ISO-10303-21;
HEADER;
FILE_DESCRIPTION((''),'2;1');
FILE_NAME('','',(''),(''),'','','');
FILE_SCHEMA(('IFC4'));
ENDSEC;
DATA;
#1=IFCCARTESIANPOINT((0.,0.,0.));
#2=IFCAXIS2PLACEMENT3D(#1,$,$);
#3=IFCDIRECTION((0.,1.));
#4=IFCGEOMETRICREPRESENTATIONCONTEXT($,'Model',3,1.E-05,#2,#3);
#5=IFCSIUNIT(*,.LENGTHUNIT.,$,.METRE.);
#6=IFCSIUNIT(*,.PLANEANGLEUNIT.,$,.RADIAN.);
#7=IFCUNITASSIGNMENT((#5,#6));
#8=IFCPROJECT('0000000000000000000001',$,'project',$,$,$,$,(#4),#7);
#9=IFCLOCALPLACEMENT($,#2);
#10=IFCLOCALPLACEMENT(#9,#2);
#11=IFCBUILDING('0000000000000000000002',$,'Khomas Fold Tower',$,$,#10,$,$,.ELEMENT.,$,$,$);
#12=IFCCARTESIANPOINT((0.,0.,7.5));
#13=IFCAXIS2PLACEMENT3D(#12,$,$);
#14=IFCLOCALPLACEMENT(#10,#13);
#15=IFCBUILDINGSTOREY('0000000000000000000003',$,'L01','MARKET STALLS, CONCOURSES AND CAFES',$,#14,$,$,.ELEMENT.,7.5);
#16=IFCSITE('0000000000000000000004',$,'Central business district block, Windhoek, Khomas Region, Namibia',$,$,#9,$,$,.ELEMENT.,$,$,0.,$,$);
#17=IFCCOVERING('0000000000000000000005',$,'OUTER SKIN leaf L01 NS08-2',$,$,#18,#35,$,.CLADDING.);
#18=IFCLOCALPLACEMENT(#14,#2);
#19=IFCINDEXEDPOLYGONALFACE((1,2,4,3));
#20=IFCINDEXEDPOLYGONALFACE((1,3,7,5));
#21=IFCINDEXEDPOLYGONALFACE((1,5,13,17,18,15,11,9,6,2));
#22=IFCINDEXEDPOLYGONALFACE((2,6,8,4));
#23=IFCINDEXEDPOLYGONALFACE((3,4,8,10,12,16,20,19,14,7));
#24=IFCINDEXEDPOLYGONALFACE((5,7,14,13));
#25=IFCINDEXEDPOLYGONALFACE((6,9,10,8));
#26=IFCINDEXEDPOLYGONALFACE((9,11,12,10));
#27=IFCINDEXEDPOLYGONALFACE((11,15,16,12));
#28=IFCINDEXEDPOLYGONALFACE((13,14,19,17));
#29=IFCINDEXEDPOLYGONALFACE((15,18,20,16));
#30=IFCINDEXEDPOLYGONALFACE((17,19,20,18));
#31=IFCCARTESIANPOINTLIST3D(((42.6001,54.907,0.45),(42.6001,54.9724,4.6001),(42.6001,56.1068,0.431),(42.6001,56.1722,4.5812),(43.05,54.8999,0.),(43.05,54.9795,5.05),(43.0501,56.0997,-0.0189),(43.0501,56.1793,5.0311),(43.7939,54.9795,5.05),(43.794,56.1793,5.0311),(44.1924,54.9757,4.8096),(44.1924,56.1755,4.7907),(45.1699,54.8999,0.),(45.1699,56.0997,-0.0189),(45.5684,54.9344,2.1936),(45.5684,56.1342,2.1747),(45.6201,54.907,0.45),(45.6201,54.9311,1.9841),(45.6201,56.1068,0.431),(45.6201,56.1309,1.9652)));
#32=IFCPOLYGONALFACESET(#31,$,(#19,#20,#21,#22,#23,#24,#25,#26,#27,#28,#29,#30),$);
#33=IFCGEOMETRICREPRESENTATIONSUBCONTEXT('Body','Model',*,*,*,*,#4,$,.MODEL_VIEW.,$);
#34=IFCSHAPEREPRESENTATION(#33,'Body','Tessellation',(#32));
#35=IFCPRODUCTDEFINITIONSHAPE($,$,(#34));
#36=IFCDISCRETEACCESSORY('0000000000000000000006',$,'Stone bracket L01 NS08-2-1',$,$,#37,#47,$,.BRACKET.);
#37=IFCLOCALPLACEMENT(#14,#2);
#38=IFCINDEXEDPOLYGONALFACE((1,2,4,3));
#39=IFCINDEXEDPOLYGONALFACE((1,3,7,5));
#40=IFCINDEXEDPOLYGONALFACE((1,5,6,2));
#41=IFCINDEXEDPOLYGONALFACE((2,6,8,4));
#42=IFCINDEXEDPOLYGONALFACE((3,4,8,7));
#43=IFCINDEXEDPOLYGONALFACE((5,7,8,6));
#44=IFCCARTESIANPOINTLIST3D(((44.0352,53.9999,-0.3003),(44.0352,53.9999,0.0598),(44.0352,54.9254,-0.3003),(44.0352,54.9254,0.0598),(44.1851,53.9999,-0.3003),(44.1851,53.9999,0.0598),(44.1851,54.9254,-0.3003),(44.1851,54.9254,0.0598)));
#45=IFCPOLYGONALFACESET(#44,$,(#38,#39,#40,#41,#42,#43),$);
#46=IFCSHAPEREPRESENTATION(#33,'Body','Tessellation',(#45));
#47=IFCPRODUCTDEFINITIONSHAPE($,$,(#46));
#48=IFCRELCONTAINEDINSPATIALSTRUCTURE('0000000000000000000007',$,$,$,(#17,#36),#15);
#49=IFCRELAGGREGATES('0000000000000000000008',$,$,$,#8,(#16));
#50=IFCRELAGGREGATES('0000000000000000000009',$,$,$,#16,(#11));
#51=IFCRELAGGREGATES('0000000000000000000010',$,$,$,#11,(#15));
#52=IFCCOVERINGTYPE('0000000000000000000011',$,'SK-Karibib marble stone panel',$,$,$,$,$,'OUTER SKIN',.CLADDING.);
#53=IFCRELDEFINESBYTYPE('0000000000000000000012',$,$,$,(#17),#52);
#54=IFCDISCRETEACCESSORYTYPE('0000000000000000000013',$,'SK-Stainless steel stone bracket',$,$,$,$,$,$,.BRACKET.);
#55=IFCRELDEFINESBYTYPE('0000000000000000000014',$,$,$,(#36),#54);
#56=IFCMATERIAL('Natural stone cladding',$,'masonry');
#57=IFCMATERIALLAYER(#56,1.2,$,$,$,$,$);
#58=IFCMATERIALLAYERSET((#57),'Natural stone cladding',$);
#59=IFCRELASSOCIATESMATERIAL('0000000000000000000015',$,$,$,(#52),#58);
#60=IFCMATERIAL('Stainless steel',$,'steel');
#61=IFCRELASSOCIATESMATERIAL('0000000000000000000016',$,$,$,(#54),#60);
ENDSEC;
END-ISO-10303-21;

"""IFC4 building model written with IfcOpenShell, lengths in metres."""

from ifc_helpers import new_model, si_unit, direction, frame, origin, origin_2d, place, context, subcontext, project, spatial, polyline, rectangle, outline, extrude, source, transform, mapped, material, layer, layer_set, type_object, element, save


model = new_model("IFC4")

# Units and contexts
model_context = context("Model", 3, precision=1e-05, world=origin(), true_north=direction((0.0, 1.0)))
body_context = subcontext(model_context, "Body", "Model", "MODEL_VIEW")
ifc_project = project(units=[si_unit("LENGTHUNIT", "METRE"), si_unit("PLANEANGLEUNIT", "RADIAN")], contexts=[model_context])

# Site, building, storey
site_placement = place(None, origin())
site = spatial("IfcSite", under=ifc_project, at=site_placement, Name="Central business district block, Windhoek, Khomas Region, Namibia", CompositionType="ELEMENT", RefElevation=0.0)
building_placement = place(site_placement, origin())
building = spatial("IfcBuilding", under=site, at=building_placement, Name="Khomas Fold Tower", CompositionType="ELEMENT")
storey_placement = place(building_placement, frame((0.0, 0.0, 7.5)))
storey = spatial("IfcBuildingStorey", under=building, at=storey_placement, Name="L01", Description="MARKET STALLS, CONCOURSES AND CAFES", CompositionType="ELEMENT", Elevation=7.5)

# Covering
ifc_material_1 = material(Name="Natural stone cladding", Category="masonry")
ifc_layer_1 = layer(ifc_material_1, 1.2)
ifc_layer_set_1 = layer_set([ifc_layer_1], Name="Natural stone cladding")
covering_type = type_object("IfcCoveringType", Name="SK-Karibib marble stone panel", ElementType="OUTER SKIN", PredefinedType="CLADDING", material=ifc_layer_set_1)
covering_placement = place(storey_placement, frame((42.6001, 54.907, 0.45), z_axis=(-0.000005, -0.999876, 0.015756), x_axis=(0.0, 0.015756, 0.999876)))
element("IfcCovering", 1, at=covering_placement, inside=storey, type_object=covering_type, Name="OUTER SKIN leaf L01 NS08-2", PredefinedType="CLADDING", context=body_context, shape_type="SweptSolid", body=[
    extrude(outline(polyline([(0.0, 0.0), (4.1507, 0.0), (4.6007, -0.45), (4.6007, -1.1938), (4.3602, -1.5923), (1.7439, -2.9683), (1.5344, -3.02), (0.0, -3.02), (-0.45, -2.5698), (-0.45, -0.45), (0.0, 0.0)])), origin(), (0.0, 0.0, -1.0), 1.2),
])

# Discrete accessory
ifc_material_2 = material(Name="Stainless steel", Category="steel")
discrete_accessory_type = type_object("IfcDiscreteAccessoryType", Name="SK-Stainless steel stone bracket", PredefinedType="BRACKET", material=ifc_material_2)
shared_shape_1 = source(origin(), body_context, "Body", "SweptSolid", [
    extrude(rectangle(XDim=0.9255, YDim=0.1499, at=origin_2d()), origin(), (0.0, 0.0, 1.0), 0.3601),
])
discrete_accessory_placement = place(storey_placement, frame((44.1101, 54.4626, -0.3003), z_axis=(0.0, 0.0, 1.0), x_axis=(0.0, 1.0, 0.0)))
element("IfcDiscreteAccessory", 2, at=discrete_accessory_placement, inside=storey, type_object=discrete_accessory_type, Name="Stone bracket L01 NS08-2-1", PredefinedType="BRACKET", context=body_context, shape_type="MappedRepresentation", body=[
    mapped(shared_shape_1, transform((0.0, 0.0, 0.0))),
])

save(model, "model.ifc")
